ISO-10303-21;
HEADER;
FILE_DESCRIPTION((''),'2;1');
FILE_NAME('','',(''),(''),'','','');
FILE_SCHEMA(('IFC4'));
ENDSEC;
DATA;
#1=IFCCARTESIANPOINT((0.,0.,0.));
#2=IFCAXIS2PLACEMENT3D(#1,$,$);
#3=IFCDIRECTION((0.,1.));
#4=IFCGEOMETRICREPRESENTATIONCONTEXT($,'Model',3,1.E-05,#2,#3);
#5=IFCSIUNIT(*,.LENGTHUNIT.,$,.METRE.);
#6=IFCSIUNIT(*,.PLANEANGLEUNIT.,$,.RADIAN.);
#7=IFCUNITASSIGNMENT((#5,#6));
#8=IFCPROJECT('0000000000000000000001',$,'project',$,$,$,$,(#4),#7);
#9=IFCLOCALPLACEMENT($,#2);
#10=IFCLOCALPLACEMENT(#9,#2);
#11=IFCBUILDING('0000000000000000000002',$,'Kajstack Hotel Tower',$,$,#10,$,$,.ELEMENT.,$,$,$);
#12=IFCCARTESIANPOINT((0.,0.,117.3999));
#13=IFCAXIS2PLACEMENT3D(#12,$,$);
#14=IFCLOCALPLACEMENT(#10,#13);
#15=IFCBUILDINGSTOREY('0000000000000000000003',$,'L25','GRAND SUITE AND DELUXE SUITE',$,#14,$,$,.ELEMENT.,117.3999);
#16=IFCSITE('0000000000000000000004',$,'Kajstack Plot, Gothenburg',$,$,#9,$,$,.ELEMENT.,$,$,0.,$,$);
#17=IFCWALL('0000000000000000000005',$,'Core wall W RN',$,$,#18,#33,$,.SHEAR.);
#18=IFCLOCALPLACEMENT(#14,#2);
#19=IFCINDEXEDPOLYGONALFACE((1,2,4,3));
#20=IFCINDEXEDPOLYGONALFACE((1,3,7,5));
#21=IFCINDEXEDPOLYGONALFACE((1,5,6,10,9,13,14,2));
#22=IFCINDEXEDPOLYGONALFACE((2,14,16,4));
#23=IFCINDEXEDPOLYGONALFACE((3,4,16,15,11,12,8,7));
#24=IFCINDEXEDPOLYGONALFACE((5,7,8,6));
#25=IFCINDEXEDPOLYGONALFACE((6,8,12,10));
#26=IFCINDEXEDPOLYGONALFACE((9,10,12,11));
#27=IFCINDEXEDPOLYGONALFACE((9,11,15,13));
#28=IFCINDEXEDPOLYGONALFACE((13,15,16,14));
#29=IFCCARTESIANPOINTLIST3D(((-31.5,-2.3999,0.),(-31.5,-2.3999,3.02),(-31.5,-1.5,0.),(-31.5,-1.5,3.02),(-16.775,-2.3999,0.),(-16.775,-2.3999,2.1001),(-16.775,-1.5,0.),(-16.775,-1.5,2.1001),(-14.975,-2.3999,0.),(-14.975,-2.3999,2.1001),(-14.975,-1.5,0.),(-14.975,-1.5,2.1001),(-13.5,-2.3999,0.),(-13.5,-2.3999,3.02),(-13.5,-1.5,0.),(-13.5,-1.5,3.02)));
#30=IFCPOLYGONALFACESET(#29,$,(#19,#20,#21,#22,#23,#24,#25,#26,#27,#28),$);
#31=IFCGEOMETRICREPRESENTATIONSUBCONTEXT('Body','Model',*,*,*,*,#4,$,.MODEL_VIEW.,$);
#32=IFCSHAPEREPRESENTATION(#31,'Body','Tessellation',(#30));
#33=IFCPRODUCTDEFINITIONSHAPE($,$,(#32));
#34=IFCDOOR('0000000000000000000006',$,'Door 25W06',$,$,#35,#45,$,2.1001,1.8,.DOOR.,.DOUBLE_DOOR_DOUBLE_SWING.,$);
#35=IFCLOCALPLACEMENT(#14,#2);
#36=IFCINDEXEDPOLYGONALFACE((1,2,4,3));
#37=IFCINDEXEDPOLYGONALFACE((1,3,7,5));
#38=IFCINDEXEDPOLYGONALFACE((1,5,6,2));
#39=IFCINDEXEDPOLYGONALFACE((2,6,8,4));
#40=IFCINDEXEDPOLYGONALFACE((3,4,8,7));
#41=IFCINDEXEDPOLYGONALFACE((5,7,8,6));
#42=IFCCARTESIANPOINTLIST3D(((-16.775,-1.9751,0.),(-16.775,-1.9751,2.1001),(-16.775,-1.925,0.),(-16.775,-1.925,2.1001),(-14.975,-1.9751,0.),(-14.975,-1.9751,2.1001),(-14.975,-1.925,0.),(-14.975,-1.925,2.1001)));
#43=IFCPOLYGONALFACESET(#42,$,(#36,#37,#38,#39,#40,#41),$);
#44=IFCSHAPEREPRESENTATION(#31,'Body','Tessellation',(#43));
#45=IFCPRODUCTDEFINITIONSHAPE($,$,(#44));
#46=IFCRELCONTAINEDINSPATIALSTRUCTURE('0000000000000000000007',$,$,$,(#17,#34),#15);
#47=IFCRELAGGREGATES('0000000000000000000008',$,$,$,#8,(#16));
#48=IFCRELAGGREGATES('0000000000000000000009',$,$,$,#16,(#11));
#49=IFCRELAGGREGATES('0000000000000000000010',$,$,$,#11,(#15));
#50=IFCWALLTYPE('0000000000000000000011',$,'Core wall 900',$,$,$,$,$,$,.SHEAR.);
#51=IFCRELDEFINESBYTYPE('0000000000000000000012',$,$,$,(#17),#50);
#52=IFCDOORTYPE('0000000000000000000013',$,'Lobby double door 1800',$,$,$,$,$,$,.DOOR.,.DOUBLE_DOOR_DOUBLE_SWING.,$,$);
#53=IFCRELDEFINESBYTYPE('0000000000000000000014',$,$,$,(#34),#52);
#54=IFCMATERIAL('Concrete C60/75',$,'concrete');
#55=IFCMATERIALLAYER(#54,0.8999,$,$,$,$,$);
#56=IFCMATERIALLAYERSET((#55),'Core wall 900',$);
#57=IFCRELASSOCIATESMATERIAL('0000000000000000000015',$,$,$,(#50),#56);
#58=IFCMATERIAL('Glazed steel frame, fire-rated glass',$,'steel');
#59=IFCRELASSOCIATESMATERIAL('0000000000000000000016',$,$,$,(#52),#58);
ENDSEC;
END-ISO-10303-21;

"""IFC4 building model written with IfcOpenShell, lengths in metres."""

from ifc_helpers import new_model, si_unit, direction, frame, frame_2d, origin, place, context, subcontext, project, spatial, rectangle, extrude, material, layer, layer_set, type_object, element, fill, save


model = new_model("IFC4")

# Units and contexts
model_context = context("Model", 3, precision=1e-05, world=origin(), true_north=direction((0.0, 1.0)))
body_context = subcontext(model_context, "Body", "Model", "MODEL_VIEW")
ifc_project = project(units=[si_unit("LENGTHUNIT", "METRE"), si_unit("PLANEANGLEUNIT", "RADIAN")], contexts=[model_context])

# Site, building, storey
site_placement = place(None, origin())
site = spatial("IfcSite", under=ifc_project, at=site_placement, Name="Kajstack Plot, Gothenburg", CompositionType="ELEMENT", RefElevation=0.0)
building_placement = place(site_placement, origin())
building = spatial("IfcBuilding", under=site, at=building_placement, Name="Kajstack Hotel Tower", CompositionType="ELEMENT")
storey_placement = place(building_placement, frame((0.0, 0.0, 117.3999)))
storey = spatial("IfcBuildingStorey", under=building, at=storey_placement, Name="L25", Description="GRAND SUITE AND DELUXE SUITE", CompositionType="ELEMENT", Elevation=117.3999)

# Wall, opening, door
ifc_material_1 = material(Name="Concrete C60/75", Category="concrete")
ifc_layer_1 = layer(ifc_material_1, 0.8999)
ifc_layer_set_1 = layer_set([ifc_layer_1], Name="Core wall 900")
wall_type_1 = type_object("IfcWallType", Name="Core wall 900", PredefinedType="SHEAR", material=ifc_layer_set_1)
wall_1_placement = place(storey_placement, frame((-31.5, -1.95, 0.0), z_axis=(0.0, 0.0, 1.0), x_axis=(1.0, 0.0, 0.0)))
wall_1 = element("IfcWall", 1, at=wall_1_placement, inside=storey, type_object=wall_type_1, Name="Core wall W RN", PredefinedType="SHEAR", context=body_context, shape_type="SweptSolid", body=[
    extrude(rectangle(XDim=18.0, YDim=0.8999, at=frame_2d((9.0, 0.0))), origin(), (0.0, 0.0, 1.0), 3.02),
])
opening_1_placement = place(wall_1_placement, frame((14.7251, 0.0, 0.0)))
opening_1 = element("IfcOpeningElement", 2, at=opening_1_placement, cuts=wall_1, PredefinedType="OPENING", context=body_context, shape_type="SweptSolid", body=[
    extrude(rectangle(XDim=1.8, YDim=2.1001, at=frame_2d((0.8999, 1.05))), frame((0.0, 0.46, 0.0), z_axis=(0.0, -1.0, 0.0), x_axis=(1.0, 0.0, 0.0)), (0.0, 0.0, 1.0), 0.9199),
])
ifc_material_2 = material(Name="Glazed steel frame, fire-rated glass", Category="steel")
door_type_1 = type_object("IfcDoorType", Name="Lobby double door 1800", OperationType="DOUBLE_DOOR_DOUBLE_SWING", PredefinedType="DOOR", material=ifc_material_2)
door_1_placement = place(opening_1_placement, origin())
door_1 = element("IfcDoor", 3, at=door_1_placement, inside=storey, type_object=door_type_1, Name="Door 25W06", OperationType="DOUBLE_DOOR_DOUBLE_SWING", OverallHeight=2.1001, OverallWidth=1.8, PredefinedType="DOOR", context=body_context, shape_type="SweptSolid", body=[
    extrude(rectangle(XDim=1.8, YDim=2.1001, at=frame_2d((0.8999, 1.05))), frame((0.0, 0.0249, 0.0), z_axis=(0.0, -1.0, 0.0), x_axis=(1.0, 0.0, 0.0)), (0.0, 0.0, 1.0), 0.05),
])
fill(opening_1, door_1)

save(model, "model.ifc")
